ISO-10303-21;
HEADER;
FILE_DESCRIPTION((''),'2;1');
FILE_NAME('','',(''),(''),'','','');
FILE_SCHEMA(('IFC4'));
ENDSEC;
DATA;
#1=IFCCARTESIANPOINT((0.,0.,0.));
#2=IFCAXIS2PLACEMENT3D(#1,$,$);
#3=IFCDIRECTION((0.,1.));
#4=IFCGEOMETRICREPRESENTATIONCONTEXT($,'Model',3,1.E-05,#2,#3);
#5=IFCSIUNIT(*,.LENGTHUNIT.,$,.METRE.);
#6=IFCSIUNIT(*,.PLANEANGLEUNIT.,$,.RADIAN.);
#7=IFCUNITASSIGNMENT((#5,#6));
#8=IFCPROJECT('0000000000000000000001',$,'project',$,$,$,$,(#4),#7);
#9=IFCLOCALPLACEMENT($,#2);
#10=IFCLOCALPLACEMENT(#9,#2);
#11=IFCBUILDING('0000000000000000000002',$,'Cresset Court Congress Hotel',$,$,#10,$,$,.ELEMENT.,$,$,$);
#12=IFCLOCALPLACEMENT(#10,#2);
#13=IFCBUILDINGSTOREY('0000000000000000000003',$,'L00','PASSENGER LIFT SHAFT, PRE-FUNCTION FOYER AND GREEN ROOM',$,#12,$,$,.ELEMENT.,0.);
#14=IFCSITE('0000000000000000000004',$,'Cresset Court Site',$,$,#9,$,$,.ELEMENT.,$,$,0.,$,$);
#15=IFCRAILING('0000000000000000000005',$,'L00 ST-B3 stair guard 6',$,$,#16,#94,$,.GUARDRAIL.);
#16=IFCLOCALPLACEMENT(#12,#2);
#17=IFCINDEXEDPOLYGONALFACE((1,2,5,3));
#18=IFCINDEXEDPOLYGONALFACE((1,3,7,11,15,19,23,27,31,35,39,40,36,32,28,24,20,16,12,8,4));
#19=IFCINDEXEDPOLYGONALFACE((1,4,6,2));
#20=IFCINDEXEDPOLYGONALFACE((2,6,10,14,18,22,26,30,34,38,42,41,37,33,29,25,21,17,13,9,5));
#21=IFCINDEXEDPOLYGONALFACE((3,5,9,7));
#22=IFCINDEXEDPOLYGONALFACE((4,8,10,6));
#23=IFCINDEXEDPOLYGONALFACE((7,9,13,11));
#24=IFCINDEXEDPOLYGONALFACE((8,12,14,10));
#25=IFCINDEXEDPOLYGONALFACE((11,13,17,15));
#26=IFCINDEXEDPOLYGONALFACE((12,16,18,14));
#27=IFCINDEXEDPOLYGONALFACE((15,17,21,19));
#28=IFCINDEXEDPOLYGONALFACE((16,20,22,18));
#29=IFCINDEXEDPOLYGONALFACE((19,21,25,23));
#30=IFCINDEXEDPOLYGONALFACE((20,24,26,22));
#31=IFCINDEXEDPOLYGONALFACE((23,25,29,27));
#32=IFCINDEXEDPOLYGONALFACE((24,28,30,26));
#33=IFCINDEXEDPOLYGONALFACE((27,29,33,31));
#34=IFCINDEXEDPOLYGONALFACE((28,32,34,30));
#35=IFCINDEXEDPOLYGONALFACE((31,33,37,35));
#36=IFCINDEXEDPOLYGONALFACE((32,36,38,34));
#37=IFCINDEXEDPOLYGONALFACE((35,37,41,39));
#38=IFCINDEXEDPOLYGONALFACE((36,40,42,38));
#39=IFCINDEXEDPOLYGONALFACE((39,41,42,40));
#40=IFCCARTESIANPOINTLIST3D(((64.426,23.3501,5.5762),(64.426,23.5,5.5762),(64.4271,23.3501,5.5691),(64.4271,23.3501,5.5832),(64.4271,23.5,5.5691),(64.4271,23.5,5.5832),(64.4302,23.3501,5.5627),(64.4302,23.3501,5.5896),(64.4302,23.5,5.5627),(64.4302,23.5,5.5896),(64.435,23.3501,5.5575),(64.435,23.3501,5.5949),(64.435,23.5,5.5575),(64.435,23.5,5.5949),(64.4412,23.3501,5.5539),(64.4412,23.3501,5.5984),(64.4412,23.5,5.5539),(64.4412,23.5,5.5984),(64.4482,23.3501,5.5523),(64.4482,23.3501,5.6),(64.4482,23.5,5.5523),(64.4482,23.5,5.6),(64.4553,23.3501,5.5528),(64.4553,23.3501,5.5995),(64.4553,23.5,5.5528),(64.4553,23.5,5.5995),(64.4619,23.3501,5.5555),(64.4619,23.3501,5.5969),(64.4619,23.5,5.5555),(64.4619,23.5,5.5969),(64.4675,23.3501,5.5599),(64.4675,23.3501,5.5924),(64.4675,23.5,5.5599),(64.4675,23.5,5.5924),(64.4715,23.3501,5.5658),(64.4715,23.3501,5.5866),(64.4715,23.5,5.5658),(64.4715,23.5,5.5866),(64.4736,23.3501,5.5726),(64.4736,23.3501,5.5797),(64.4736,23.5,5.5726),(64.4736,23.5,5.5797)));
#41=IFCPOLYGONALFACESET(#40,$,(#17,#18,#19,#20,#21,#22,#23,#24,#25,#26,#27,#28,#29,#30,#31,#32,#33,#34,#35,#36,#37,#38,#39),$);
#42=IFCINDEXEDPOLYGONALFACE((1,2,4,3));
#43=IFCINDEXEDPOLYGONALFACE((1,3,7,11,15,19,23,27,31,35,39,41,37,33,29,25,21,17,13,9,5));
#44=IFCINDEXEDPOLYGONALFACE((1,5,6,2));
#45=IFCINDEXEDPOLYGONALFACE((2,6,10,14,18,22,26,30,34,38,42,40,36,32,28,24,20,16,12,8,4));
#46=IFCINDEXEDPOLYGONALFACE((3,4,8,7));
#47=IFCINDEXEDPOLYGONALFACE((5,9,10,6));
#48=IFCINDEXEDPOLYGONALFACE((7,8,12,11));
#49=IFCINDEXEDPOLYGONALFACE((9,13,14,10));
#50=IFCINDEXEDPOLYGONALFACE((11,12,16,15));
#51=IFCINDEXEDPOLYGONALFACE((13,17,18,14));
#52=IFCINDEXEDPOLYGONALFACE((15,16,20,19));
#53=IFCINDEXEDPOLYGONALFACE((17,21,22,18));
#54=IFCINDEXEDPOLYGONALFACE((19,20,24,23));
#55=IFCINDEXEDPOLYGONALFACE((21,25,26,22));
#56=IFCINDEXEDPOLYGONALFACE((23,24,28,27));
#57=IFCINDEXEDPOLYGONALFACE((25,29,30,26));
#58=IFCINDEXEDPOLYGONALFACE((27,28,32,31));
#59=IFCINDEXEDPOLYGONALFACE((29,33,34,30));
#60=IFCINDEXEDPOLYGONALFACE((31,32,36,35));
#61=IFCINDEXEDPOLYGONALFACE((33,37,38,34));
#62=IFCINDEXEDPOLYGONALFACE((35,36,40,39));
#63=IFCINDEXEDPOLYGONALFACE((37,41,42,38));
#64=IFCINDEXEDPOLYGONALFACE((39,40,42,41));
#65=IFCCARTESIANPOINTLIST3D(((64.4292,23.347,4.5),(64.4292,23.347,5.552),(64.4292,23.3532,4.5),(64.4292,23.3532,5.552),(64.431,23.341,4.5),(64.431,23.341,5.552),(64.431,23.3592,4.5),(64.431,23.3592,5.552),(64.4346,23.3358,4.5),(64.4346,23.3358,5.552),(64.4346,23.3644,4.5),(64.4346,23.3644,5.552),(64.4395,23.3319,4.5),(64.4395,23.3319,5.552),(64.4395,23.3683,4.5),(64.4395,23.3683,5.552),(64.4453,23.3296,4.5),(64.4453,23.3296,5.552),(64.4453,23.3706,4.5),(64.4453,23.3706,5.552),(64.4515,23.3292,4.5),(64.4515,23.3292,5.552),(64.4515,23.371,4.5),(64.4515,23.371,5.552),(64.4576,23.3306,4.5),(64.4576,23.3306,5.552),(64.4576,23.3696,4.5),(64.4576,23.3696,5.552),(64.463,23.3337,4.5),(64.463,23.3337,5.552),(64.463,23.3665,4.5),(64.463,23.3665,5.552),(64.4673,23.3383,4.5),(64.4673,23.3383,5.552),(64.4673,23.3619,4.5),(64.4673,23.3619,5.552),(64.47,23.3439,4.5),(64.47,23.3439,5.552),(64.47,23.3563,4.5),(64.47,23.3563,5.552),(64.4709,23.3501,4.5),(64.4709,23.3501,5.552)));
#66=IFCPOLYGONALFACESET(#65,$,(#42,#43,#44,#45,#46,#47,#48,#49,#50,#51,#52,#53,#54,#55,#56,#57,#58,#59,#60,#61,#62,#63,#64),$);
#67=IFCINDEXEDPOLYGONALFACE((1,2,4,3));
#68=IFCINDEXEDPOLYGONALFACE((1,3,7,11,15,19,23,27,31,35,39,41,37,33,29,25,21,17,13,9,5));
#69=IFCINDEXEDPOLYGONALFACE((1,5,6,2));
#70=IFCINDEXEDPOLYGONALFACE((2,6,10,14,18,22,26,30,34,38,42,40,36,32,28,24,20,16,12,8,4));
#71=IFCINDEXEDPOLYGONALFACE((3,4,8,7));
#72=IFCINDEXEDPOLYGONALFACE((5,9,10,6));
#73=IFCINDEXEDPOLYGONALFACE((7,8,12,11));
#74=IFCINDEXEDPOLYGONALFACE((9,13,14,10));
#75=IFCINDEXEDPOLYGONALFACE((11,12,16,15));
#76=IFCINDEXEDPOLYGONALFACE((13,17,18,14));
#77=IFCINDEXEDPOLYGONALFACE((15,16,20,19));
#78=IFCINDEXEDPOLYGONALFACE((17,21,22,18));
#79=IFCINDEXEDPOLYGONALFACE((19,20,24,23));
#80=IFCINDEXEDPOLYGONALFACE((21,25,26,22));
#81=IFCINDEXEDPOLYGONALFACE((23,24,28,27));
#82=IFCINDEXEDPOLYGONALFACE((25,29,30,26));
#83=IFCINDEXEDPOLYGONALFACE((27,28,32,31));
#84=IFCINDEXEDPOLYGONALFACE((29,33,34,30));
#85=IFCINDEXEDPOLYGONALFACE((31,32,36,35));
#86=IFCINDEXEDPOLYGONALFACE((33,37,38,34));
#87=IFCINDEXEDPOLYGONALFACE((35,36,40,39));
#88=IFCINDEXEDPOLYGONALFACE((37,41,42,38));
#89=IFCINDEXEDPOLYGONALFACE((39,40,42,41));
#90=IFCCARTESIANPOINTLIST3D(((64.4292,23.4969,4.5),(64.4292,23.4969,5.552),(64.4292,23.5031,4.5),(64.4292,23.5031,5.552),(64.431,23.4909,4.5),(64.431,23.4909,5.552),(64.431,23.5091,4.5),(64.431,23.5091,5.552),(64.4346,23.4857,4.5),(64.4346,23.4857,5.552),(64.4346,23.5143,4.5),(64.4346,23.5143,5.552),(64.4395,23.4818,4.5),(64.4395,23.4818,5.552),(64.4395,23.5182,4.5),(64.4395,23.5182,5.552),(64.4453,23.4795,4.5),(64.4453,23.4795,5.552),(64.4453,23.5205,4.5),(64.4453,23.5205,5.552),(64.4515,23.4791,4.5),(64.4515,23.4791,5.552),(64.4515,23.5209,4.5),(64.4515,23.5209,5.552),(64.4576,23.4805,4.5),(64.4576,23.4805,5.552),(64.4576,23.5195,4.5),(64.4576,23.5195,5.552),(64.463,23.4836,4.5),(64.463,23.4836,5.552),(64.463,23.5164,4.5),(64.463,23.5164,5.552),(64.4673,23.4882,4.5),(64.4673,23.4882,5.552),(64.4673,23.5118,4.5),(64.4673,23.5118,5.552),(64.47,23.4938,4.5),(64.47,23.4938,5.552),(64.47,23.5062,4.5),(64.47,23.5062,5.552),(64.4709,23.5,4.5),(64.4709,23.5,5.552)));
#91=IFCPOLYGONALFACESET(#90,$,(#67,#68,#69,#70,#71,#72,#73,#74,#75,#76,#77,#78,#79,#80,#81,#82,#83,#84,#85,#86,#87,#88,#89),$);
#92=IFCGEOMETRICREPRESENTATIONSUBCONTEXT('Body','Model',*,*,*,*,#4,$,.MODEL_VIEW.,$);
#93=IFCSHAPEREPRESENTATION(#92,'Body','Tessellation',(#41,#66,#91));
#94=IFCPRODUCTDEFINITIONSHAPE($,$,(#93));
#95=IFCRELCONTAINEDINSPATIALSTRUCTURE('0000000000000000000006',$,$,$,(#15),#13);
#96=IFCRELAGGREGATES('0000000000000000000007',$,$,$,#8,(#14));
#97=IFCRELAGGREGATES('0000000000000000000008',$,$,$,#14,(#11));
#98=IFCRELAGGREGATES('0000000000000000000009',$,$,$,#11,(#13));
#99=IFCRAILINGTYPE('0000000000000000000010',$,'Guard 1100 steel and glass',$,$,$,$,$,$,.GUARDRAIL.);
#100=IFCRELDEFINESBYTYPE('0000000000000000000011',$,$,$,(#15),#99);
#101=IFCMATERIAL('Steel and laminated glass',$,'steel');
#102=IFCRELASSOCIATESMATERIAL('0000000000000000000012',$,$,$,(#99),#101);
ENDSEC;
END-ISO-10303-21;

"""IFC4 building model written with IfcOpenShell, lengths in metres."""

from ifc_helpers import new_model, si_unit, direction, frame, origin, origin_2d, place, context, subcontext, project, spatial, circle, extrude, material, type_object, element, save


model = new_model("IFC4")

# Units and contexts
model_context = context("Model", 3, precision=1e-05, world=origin(), true_north=direction((0.0, 1.0)))
body_context = subcontext(model_context, "Body", "Model", "MODEL_VIEW")
ifc_project = project(units=[si_unit("LENGTHUNIT", "METRE"), si_unit("PLANEANGLEUNIT", "RADIAN")], contexts=[model_context])

# Site, building, storey
site_placement = place(None, origin())
site = spatial("IfcSite", under=ifc_project, at=site_placement, Name="Cresset Court Site", CompositionType="ELEMENT", RefElevation=0.0)
building_placement = place(site_placement, origin())
building = spatial("IfcBuilding", under=site, at=building_placement, Name="Cresset Court Congress Hotel", CompositionType="ELEMENT")
storey_placement = place(building_placement, origin())
storey = spatial("IfcBuildingStorey", under=building, at=storey_placement, Name="L00", Description="PASSENGER LIFT SHAFT, PRE-FUNCTION FOYER AND GREEN ROOM", CompositionType="ELEMENT", Elevation=0.0)

# Railing
ifc_material_1 = material(Name="Steel and laminated glass", Category="steel")
railing_type_1 = type_object("IfcRailingType", Name="Guard 1100 steel and glass", PredefinedType="GUARDRAIL", material=ifc_material_1)
railing_1_placement = place(storey_placement, frame((64.45, 23.3501, 4.5)))
element("IfcRailing", 1, at=railing_1_placement, inside=storey, type_object=railing_type_1, Name="L00 ST-B3 stair guard 6", PredefinedType="GUARDRAIL", context=body_context, shape_type="SweptSolid", body=[
    extrude(circle(Radius=0.0239, at=origin_2d()), frame((0.0, 0.0, 1.0762), z_axis=(0.0, 1.0, 0.0), x_axis=(-1.0, 0.0, 0.0)), (0.0, 0.0, 1.0), 0.1499),
    extrude(circle(Radius=0.021, at=origin_2d()), origin(), (0.0, 0.0, 1.0), 1.052),
    extrude(circle(Radius=0.021, at=origin_2d()), frame((0.0, 0.1499, 0.0)), (0.0, 0.0, 1.0), 1.052),
])

save(model, "model.ifc")
